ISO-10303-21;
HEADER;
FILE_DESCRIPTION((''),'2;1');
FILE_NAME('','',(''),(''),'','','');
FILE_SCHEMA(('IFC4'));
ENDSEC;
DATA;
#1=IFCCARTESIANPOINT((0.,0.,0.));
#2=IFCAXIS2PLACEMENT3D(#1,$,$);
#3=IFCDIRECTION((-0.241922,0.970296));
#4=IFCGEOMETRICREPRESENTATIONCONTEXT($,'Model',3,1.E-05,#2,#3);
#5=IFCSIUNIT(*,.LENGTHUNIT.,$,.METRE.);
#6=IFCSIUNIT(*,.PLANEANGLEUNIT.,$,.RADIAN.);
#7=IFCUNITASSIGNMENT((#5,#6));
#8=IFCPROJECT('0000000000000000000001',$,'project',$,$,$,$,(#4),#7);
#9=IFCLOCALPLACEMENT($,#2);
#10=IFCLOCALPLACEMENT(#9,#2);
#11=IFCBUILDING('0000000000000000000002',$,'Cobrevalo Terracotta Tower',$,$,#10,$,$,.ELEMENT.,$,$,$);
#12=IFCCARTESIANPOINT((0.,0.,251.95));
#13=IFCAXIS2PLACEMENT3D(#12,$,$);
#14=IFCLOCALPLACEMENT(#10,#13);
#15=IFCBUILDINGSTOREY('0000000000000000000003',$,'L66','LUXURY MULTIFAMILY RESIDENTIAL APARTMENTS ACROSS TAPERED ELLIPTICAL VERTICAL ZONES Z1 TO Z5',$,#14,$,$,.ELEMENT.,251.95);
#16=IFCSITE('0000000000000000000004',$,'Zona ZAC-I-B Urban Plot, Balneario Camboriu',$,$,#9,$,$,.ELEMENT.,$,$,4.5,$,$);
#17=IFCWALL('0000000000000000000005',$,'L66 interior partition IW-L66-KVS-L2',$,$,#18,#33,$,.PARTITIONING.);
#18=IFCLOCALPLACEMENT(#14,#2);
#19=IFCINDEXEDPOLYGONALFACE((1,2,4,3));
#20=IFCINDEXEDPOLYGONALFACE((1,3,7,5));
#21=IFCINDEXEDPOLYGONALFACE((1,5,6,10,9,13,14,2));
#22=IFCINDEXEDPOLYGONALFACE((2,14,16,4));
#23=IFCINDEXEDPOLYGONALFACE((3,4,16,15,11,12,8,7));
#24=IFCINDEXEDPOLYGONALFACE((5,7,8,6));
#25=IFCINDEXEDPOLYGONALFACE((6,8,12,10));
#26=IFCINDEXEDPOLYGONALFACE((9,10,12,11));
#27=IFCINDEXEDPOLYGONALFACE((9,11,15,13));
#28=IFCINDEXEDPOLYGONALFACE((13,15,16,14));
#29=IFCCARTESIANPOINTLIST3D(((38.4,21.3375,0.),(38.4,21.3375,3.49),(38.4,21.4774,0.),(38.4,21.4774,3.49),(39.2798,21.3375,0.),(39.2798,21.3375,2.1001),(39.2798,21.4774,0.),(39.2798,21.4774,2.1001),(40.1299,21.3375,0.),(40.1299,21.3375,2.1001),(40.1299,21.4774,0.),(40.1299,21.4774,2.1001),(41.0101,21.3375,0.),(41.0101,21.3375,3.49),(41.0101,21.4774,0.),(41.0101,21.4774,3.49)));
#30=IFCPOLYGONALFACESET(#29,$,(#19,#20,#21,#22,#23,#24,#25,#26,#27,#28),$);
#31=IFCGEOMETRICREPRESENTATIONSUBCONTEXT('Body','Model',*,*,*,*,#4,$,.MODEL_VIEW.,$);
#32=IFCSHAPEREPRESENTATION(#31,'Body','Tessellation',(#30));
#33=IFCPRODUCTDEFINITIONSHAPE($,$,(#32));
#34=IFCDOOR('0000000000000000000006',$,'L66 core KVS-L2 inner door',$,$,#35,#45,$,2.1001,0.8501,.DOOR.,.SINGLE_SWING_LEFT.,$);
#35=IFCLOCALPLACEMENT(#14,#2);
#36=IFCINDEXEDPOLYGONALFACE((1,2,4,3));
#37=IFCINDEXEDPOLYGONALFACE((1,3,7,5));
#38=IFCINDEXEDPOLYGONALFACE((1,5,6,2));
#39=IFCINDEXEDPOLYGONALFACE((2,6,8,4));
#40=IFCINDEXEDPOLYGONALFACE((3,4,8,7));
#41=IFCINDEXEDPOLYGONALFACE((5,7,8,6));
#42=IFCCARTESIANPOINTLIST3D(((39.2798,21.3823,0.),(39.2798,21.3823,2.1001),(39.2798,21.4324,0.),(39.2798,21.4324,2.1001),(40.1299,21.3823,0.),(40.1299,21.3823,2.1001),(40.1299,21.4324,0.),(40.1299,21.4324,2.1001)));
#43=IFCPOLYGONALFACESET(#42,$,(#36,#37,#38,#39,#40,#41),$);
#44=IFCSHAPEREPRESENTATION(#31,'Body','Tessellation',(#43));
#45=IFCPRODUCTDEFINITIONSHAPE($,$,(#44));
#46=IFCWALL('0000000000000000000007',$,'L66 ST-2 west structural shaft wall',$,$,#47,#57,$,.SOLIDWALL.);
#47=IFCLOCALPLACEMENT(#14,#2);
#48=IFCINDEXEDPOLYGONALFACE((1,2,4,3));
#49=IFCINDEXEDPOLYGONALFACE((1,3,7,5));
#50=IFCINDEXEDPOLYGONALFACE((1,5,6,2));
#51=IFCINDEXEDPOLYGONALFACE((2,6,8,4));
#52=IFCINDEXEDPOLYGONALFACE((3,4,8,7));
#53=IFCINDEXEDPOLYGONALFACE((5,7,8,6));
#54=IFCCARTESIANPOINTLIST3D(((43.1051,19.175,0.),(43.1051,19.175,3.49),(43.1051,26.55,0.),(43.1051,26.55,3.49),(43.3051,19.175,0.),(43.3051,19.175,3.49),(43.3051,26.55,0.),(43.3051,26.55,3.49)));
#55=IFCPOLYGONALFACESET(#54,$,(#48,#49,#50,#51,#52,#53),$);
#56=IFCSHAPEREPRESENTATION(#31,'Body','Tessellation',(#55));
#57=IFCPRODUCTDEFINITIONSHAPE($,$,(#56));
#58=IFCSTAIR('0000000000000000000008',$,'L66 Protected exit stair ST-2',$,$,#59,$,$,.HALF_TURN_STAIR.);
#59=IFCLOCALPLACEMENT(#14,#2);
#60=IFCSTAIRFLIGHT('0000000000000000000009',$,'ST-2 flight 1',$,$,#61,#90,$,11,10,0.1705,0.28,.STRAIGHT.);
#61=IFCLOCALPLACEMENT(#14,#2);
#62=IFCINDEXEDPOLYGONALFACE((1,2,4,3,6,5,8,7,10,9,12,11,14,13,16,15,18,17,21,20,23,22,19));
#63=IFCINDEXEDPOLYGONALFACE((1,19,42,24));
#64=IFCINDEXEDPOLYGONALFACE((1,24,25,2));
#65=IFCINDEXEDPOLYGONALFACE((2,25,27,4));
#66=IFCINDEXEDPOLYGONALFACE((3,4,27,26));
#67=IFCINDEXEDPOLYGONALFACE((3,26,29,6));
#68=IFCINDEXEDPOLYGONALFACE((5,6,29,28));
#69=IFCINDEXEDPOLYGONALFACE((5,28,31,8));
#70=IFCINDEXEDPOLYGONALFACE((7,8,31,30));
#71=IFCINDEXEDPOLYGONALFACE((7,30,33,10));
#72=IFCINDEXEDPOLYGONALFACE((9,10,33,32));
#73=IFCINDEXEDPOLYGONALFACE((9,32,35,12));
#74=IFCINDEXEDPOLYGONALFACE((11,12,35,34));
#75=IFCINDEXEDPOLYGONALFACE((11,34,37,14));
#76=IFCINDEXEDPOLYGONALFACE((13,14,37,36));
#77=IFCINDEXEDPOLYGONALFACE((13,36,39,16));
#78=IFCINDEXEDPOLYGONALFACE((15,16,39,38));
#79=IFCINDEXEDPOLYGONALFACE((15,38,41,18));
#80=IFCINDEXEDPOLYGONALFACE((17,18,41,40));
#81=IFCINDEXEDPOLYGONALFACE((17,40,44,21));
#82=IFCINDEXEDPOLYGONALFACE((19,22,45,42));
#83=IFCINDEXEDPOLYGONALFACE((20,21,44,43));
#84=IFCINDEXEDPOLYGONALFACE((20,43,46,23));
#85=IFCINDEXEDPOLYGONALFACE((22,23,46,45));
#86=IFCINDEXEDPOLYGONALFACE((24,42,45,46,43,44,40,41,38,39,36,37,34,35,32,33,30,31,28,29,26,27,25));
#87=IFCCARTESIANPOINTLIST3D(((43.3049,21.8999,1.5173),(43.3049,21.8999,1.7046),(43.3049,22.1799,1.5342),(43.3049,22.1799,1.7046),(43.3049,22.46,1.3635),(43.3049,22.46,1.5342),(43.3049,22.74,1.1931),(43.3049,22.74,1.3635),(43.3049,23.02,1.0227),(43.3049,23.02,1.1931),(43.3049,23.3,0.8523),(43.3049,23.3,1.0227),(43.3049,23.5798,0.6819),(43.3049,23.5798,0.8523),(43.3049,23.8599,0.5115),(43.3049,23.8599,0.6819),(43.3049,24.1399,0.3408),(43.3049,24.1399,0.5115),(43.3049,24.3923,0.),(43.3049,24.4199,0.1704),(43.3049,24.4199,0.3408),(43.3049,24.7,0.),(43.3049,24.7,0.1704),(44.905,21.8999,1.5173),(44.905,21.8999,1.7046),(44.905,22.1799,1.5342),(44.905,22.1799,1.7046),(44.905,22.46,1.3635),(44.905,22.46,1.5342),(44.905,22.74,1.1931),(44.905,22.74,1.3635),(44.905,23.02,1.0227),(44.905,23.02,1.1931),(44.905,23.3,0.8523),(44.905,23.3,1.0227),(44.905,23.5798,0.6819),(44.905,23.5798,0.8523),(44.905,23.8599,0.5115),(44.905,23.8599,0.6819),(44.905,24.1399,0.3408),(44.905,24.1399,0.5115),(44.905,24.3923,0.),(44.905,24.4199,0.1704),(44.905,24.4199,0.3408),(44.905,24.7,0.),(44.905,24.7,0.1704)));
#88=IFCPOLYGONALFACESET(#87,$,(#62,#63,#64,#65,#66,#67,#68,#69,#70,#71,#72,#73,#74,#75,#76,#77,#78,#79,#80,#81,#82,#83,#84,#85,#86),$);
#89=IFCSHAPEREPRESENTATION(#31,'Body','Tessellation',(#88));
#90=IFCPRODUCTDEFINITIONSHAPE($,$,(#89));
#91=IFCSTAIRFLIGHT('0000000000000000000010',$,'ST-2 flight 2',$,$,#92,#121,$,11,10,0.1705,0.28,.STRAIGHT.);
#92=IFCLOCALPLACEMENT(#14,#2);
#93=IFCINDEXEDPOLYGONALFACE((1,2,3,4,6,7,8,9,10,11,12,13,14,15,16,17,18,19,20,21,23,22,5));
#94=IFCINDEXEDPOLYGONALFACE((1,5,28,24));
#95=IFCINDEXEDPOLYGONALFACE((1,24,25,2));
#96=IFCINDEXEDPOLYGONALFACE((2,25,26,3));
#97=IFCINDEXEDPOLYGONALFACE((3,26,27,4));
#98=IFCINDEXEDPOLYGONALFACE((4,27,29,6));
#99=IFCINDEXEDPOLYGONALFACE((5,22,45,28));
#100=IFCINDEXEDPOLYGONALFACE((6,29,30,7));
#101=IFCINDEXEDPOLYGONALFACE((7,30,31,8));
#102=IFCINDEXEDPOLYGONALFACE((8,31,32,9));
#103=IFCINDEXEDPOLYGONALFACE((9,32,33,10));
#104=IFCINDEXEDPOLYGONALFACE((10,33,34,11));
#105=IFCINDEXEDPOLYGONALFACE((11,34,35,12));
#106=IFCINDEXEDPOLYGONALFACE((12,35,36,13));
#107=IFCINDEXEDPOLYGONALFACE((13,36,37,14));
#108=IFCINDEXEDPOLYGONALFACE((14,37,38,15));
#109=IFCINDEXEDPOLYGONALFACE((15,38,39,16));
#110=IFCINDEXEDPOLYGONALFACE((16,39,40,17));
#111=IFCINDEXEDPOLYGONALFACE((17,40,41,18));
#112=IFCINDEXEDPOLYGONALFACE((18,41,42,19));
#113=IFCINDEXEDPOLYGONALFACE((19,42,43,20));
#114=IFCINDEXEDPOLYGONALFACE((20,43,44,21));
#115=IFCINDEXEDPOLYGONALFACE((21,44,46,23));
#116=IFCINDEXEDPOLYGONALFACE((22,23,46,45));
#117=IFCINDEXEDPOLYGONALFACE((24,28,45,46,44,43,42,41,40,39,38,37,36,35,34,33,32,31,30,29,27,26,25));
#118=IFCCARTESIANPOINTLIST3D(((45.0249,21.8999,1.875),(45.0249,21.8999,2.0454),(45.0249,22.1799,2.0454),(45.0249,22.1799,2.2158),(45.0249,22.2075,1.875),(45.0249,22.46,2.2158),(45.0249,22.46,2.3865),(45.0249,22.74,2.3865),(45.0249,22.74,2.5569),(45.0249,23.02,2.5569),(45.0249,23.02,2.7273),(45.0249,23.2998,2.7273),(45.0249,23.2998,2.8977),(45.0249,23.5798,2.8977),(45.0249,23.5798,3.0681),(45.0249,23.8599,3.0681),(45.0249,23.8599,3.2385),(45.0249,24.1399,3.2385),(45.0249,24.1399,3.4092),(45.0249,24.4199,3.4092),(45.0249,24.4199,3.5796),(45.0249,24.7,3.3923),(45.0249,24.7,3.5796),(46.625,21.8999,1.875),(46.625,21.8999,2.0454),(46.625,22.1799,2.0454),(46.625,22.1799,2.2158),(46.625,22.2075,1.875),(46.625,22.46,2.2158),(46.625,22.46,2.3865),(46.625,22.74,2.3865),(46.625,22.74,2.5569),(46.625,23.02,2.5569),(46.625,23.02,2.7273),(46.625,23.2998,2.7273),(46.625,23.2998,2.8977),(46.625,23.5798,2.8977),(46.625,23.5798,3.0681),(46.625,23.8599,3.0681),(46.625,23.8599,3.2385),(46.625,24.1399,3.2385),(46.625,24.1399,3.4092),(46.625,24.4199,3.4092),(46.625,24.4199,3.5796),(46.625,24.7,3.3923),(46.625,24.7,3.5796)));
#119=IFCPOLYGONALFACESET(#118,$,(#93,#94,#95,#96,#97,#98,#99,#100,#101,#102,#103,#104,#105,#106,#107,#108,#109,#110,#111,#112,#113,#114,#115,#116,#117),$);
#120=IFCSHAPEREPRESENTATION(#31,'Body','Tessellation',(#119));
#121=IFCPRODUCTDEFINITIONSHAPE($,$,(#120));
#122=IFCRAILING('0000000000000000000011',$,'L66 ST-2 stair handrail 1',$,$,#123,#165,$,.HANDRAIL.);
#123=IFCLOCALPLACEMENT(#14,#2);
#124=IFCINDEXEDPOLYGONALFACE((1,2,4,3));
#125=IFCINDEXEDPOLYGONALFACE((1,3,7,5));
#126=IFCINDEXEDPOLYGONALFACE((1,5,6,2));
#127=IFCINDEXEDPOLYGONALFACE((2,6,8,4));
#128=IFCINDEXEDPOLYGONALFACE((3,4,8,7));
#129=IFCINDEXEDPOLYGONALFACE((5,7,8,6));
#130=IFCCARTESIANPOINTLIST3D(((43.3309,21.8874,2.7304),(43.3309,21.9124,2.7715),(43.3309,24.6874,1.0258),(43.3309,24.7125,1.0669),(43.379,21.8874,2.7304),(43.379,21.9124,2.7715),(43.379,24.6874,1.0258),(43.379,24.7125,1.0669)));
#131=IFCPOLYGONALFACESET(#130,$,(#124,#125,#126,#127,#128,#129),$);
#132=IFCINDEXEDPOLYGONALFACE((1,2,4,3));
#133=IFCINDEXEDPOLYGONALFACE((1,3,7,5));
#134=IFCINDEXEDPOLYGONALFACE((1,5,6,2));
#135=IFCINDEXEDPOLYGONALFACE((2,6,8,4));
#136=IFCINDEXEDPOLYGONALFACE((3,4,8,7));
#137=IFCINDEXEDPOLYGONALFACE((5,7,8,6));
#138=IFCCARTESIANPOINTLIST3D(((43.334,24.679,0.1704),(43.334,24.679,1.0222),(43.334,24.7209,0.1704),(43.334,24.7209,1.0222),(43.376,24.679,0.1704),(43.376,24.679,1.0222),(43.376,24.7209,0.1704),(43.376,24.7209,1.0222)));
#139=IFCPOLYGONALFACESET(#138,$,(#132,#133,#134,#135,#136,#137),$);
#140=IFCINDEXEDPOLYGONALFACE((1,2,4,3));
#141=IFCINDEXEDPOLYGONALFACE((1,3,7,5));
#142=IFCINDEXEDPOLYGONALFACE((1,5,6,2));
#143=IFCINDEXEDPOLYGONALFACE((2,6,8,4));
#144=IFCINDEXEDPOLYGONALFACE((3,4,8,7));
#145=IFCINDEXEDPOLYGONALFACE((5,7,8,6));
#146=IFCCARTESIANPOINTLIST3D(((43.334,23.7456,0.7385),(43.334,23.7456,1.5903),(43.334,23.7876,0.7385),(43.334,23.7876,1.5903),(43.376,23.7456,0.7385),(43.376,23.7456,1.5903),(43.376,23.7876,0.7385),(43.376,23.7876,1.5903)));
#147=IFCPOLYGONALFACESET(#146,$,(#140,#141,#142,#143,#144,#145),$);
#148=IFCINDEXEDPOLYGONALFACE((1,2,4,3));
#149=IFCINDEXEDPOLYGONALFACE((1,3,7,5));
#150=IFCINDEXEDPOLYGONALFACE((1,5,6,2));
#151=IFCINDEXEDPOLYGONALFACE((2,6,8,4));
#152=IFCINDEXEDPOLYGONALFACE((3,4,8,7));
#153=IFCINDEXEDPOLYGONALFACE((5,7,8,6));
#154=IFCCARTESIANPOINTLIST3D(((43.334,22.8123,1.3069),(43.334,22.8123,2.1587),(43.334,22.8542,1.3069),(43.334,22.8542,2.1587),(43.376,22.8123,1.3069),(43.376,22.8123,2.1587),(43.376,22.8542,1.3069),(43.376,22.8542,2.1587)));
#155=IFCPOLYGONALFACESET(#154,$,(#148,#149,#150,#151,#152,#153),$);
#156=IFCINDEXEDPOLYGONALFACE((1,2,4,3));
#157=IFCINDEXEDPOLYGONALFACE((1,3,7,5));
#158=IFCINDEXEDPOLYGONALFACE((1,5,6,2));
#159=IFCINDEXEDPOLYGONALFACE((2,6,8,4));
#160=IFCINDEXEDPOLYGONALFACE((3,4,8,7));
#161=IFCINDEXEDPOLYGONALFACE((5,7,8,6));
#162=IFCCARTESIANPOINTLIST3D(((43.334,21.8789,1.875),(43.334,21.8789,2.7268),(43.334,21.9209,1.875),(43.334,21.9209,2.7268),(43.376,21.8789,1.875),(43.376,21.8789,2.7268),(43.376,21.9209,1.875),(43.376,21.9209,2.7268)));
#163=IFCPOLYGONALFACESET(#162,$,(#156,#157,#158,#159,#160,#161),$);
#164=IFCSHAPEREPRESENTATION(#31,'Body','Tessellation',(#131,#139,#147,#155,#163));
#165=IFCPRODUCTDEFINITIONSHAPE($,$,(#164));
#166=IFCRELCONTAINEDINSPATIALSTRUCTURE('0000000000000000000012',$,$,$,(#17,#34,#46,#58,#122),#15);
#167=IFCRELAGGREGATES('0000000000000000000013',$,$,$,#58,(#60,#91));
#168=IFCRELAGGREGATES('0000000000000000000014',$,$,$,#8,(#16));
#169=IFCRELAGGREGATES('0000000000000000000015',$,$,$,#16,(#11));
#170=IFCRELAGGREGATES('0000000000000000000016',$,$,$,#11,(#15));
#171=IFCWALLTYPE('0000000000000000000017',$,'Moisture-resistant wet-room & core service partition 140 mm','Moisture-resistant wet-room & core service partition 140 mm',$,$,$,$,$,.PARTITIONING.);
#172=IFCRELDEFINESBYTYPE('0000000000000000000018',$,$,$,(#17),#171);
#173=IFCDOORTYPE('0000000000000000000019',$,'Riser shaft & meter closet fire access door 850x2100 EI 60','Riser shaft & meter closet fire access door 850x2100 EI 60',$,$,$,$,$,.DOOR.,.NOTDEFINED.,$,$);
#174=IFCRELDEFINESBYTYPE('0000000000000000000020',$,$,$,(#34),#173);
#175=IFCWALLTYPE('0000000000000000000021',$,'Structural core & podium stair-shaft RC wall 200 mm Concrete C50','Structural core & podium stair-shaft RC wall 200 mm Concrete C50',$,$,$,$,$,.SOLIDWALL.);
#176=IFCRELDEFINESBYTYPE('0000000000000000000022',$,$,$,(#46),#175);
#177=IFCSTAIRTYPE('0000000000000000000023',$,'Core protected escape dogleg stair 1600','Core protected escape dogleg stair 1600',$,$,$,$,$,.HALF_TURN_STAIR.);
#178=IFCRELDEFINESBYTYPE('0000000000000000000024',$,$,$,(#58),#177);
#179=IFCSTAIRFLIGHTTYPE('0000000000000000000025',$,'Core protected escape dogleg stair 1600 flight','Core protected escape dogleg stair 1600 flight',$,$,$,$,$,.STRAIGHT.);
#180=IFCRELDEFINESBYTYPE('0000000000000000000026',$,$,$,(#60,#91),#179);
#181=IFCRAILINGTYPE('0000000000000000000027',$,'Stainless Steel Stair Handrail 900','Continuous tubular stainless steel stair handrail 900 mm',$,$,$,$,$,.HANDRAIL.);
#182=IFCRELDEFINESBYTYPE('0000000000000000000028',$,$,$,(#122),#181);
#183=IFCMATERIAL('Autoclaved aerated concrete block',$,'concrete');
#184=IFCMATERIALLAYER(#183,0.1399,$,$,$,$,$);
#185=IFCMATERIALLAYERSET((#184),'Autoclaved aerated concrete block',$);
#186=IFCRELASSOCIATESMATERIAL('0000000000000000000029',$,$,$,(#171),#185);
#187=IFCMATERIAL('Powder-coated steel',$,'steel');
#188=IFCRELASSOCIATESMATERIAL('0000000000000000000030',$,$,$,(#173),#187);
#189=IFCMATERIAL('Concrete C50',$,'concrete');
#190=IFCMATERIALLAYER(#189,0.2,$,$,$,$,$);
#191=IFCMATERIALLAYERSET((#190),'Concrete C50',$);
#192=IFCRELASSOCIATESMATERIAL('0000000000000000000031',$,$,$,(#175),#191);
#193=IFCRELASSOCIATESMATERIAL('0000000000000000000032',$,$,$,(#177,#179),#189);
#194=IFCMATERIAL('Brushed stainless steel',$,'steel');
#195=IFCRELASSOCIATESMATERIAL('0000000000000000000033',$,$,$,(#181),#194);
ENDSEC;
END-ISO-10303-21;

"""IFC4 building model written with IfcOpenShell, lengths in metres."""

from ifc_helpers import new_model, si_unit, direction, frame, frame_2d, origin, origin_2d, place, context, subcontext, project, spatial, polyline, rectangle, outline, extrude, source, transform, mapped, material, layer, layer_set, type_object, element, fill, aggregate, save


model = new_model("IFC4")

# Units and contexts
model_context = context("Model", 3, precision=1e-05, world=origin(), true_north=direction((-0.241922, 0.970296)))
body_context = subcontext(model_context, "Body", "Model", "MODEL_VIEW")
ifc_project = project(units=[si_unit("LENGTHUNIT", "METRE"), si_unit("PLANEANGLEUNIT", "RADIAN")], contexts=[model_context])

# Site, building, storey
site_placement = place(None, origin())
site = spatial("IfcSite", under=ifc_project, at=site_placement, Name="Zona ZAC-I-B Urban Plot, Balneario Camboriu", CompositionType="ELEMENT", RefElevation=4.5)
building_placement = place(site_placement, origin())
building = spatial("IfcBuilding", under=site, at=building_placement, Name="Cobrevalo Terracotta Tower", CompositionType="ELEMENT")
storey_placement = place(building_placement, frame((0.0, 0.0, 251.95)))
storey = spatial("IfcBuildingStorey", under=building, at=storey_placement, Name="L66", Description="LUXURY MULTIFAMILY RESIDENTIAL APARTMENTS ACROSS TAPERED ELLIPTICAL VERTICAL ZONES Z1 TO Z5", CompositionType="ELEMENT", Elevation=251.95)

# Shared definitions
ifc_material_1 = material(Name="Concrete C50", Category="concrete")

# Shared definitions
ifc_material_2 = material(Name="Autoclaved aerated concrete block", Category="concrete")

# Shared definitions
ifc_layer_1 = layer(ifc_material_2, 0.1399)
ifc_layer_set_1 = layer_set([ifc_layer_1], Name="Autoclaved aerated concrete block")
wall_type_1 = type_object("IfcWallType", Name="Moisture-resistant wet-room & core service partition 140 mm", Description="Moisture-resistant wet-room & core service partition 140 mm", PredefinedType="PARTITIONING", material=ifc_layer_set_1)

# Wall, opening, door
wall_1_placement = place(storey_placement, frame((38.3999, 21.4075, 0.0), z_axis=(0.0, 0.0, 1.0), x_axis=(1.0, 0.0, 0.0)))
wall_1 = element("IfcWall", 1, at=wall_1_placement, inside=storey, type_object=wall_type_1, Name="L66 interior partition IW-L66-KVS-L2", PredefinedType="PARTITIONING", context=body_context, shape_type="SweptSolid", body=[
    extrude(rectangle(XDim=2.6101, YDim=0.1399, at=frame_2d((1.3052, 0.0))), origin(), (0.0, 0.0, 1.0), 3.49),
])
opening_1_placement = place(wall_1_placement, frame((0.8799, 0.0, 0.0)))
opening_1 = element("IfcOpeningElement", 2, at=opening_1_placement, cuts=wall_1, PredefinedType="OPENING", context=body_context, shape_type="SweptSolid", body=[
    extrude(rectangle(XDim=0.8501, YDim=2.1001, at=frame_2d((0.425, 1.05))), frame((0.0, 0.0801, 0.0), z_axis=(0.0, -1.0, 0.0), x_axis=(1.0, 0.0, 0.0)), (0.0, 0.0, 1.0), 0.1599),
])
ifc_material_3 = material(Name="Powder-coated steel", Category="steel")
door_type_1 = type_object("IfcDoorType", Name="Riser shaft & meter closet fire access door 850x2100 EI 60", Description="Riser shaft & meter closet fire access door 850x2100 EI 60", OperationType="NOTDEFINED", PredefinedType="DOOR", material=ifc_material_3)
shared_shape_1 = source(origin(), body_context, "Body", "SweptSolid", [
    extrude(rectangle(XDim=0.8501, YDim=2.1001, at=frame_2d((0.425, 1.05))), frame((0.0, 0.0249, 0.0), z_axis=(0.0, -1.0, 0.0), x_axis=(1.0, 0.0, 0.0)), (0.0, 0.0, 1.0), 0.05),
])
door_1_placement = place(opening_1_placement, origin())
door_1 = element("IfcDoor", 3, at=door_1_placement, inside=storey, type_object=door_type_1, Name="L66 core KVS-L2 inner door", OperationType="SINGLE_SWING_LEFT", OverallHeight=2.1001, OverallWidth=0.8501, PredefinedType="DOOR", context=body_context, shape_type="MappedRepresentation", body=[
    mapped(shared_shape_1, transform((0.0, 0.0, 0.0), scale=1.0)),
])
fill(opening_1, door_1)

# Wall
ifc_layer_2 = layer(ifc_material_1, 0.2)
ifc_layer_set_2 = layer_set([ifc_layer_2], Name="Concrete C50")
wall_type_2 = type_object("IfcWallType", Name="Structural core & podium stair-shaft RC wall 200 mm Concrete C50", Description="Structural core & podium stair-shaft RC wall 200 mm Concrete C50", PredefinedType="SOLIDWALL", material=ifc_layer_set_2)
wall_2_placement = place(storey_placement, frame((43.2051, 19.175, 0.0), z_axis=(0.0, 0.0, 1.0), x_axis=(0.0, 1.0, 0.0)))
element("IfcWall", 4, at=wall_2_placement, inside=storey, type_object=wall_type_2, Name="L66 ST-2 west structural shaft wall", PredefinedType="SOLIDWALL", context=body_context, shape_type="SweptSolid", body=[
    extrude(rectangle(XDim=7.375, YDim=0.2, at=frame_2d((3.6875, 0.0))), origin(), (0.0, 0.0, 1.0), 3.49),
])

# Stair, stair flights
stair_type = type_object("IfcStairType", Name="Core protected escape dogleg stair 1600", Description="Core protected escape dogleg stair 1600", PredefinedType="HALF_TURN_STAIR", material=ifc_material_1)
stair_placement = place(storey_placement, origin())
stair = element("IfcStair", 5, at=stair_placement, inside=storey, type_object=stair_type, Name="L66 Protected exit stair ST-2", PredefinedType="HALF_TURN_STAIR")
stair_flight_type = type_object("IfcStairFlightType", Name="Core protected escape dogleg stair 1600 flight", Description="Core protected escape dogleg stair 1600 flight", PredefinedType="STRAIGHT", material=ifc_material_1)
stair_flight_1_placement = place(storey_placement, frame((44.105, 24.7, 0.0), z_axis=(0.0, 0.0, 1.0), x_axis=(0.0, -1.0, 0.0)))
stair_flight_1 = element("IfcStairFlight", 6, at=stair_flight_1_placement, type_object=stair_flight_type, Name="ST-2 flight 1", NumberOfRisers=11, NumberOfTreads=10, PredefinedType="STRAIGHT", RiserHeight=0.1705, TreadLength=0.28, context=body_context, shape_type="SweptSolid", body=[
    extrude(outline(polyline([(0.0, 0.0), (0.0, 0.1704), (0.28, 0.1704), (0.28, 0.3408), (0.5601, 0.3408), (0.5601, 0.5115), (0.8401, 0.5115), (0.8401, 0.6819), (1.1201, 0.6819), (1.1201, 0.8523), (1.3999, 0.8523), (1.3999, 1.0227), (1.6799, 1.0227), (1.6799, 1.1931), (1.96, 1.1931), (1.96, 1.3635), (2.24, 1.3635), (2.24, 1.5342), (2.52, 1.5342), (2.52, 1.7046), (2.8, 1.7046), (2.8, 1.875), (2.8, 1.5173), (0.3076, 0.0), (0.0, 0.0)])), frame((0.0, 0.8, 0.0), z_axis=(0.0, -1.0, 0.0), x_axis=(1.0, 0.0, 0.0)), (0.0, 0.0, 1.0), 1.6001),
])
stair_flight_2_placement = place(storey_placement, frame((45.825, 21.8999, 1.875), z_axis=(0.0, 0.0, 1.0), x_axis=(0.0, 1.0, 0.0)))
stair_flight_2 = element("IfcStairFlight", 7, at=stair_flight_2_placement, type_object=stair_flight_type, Name="ST-2 flight 2", NumberOfRisers=11, NumberOfTreads=10, PredefinedType="STRAIGHT", RiserHeight=0.1705, TreadLength=0.28, context=body_context, shape_type="SweptSolid", body=[
    extrude(outline(polyline([(0.0, 0.0), (0.0, 0.1704), (0.28, 0.1704), (0.28, 0.3408), (0.5601, 0.3408), (0.5601, 0.5115), (0.8401, 0.5115), (0.8401, 0.6819), (1.1201, 0.6819), (1.1201, 0.8523), (1.3999, 0.8523), (1.3999, 1.0227), (1.6799, 1.0227), (1.6799, 1.1931), (1.96, 1.1931), (1.96, 1.3635), (2.24, 1.3635), (2.24, 1.5342), (2.52, 1.5342), (2.52, 1.7046), (2.8, 1.7046), (2.8, 1.875), (2.8, 1.5173), (0.3076, 0.0), (0.0, 0.0)])), frame((0.0, 0.8, 0.0), z_axis=(0.0, -1.0, 0.0), x_axis=(1.0, 0.0, 0.0)), (0.0, 0.0, 1.0), 1.6001),
])
aggregate(stair, [stair_flight_1, stair_flight_2])

# Railing
ifc_material_4 = material(Name="Brushed stainless steel", Category="steel")
railing_type_1 = type_object("IfcRailingType", Name="Stainless Steel Stair Handrail 900", Description="Continuous tubular stainless steel stair handrail 900 mm", PredefinedType="HANDRAIL", material=ifc_material_4)
railing_1_placement = place(storey_placement, frame((43.355, 24.7, 0.1704)))
element("IfcRailing", 8, at=railing_1_placement, inside=storey, type_object=railing_type_1, Name="L66 ST-2 stair handrail 1", PredefinedType="HANDRAIL", context=body_context, shape_type="SweptSolid", body=[
    extrude(rectangle(XDim=0.0481, YDim=0.0481, at=origin_2d()), frame((0.0, 0.0, 0.876), z_axis=(0.0, -0.85417, 0.519994), x_axis=(1.0, 0.0, 0.0)), (0.0, 0.0, 1.0), 3.2781),
    extrude(rectangle(XDim=0.042, YDim=0.042, at=origin_2d()), origin(), (0.0, 0.0, 1.0), 0.8518),
    extrude(rectangle(XDim=0.042, YDim=0.042, at=origin_2d()), frame((0.0, -0.9333, 0.5681)), (0.0, 0.0, 1.0), 0.8518),
    extrude(rectangle(XDim=0.042, YDim=0.042, at=origin_2d()), frame((0.0, -1.8667, 1.1365)), (0.0, 0.0, 1.0), 0.8518),
    extrude(rectangle(XDim=0.042, YDim=0.042, at=origin_2d()), frame((0.0, -2.8, 1.7046)), (0.0, 0.0, 1.0), 0.8518),
])

save(model, "model.ifc")
